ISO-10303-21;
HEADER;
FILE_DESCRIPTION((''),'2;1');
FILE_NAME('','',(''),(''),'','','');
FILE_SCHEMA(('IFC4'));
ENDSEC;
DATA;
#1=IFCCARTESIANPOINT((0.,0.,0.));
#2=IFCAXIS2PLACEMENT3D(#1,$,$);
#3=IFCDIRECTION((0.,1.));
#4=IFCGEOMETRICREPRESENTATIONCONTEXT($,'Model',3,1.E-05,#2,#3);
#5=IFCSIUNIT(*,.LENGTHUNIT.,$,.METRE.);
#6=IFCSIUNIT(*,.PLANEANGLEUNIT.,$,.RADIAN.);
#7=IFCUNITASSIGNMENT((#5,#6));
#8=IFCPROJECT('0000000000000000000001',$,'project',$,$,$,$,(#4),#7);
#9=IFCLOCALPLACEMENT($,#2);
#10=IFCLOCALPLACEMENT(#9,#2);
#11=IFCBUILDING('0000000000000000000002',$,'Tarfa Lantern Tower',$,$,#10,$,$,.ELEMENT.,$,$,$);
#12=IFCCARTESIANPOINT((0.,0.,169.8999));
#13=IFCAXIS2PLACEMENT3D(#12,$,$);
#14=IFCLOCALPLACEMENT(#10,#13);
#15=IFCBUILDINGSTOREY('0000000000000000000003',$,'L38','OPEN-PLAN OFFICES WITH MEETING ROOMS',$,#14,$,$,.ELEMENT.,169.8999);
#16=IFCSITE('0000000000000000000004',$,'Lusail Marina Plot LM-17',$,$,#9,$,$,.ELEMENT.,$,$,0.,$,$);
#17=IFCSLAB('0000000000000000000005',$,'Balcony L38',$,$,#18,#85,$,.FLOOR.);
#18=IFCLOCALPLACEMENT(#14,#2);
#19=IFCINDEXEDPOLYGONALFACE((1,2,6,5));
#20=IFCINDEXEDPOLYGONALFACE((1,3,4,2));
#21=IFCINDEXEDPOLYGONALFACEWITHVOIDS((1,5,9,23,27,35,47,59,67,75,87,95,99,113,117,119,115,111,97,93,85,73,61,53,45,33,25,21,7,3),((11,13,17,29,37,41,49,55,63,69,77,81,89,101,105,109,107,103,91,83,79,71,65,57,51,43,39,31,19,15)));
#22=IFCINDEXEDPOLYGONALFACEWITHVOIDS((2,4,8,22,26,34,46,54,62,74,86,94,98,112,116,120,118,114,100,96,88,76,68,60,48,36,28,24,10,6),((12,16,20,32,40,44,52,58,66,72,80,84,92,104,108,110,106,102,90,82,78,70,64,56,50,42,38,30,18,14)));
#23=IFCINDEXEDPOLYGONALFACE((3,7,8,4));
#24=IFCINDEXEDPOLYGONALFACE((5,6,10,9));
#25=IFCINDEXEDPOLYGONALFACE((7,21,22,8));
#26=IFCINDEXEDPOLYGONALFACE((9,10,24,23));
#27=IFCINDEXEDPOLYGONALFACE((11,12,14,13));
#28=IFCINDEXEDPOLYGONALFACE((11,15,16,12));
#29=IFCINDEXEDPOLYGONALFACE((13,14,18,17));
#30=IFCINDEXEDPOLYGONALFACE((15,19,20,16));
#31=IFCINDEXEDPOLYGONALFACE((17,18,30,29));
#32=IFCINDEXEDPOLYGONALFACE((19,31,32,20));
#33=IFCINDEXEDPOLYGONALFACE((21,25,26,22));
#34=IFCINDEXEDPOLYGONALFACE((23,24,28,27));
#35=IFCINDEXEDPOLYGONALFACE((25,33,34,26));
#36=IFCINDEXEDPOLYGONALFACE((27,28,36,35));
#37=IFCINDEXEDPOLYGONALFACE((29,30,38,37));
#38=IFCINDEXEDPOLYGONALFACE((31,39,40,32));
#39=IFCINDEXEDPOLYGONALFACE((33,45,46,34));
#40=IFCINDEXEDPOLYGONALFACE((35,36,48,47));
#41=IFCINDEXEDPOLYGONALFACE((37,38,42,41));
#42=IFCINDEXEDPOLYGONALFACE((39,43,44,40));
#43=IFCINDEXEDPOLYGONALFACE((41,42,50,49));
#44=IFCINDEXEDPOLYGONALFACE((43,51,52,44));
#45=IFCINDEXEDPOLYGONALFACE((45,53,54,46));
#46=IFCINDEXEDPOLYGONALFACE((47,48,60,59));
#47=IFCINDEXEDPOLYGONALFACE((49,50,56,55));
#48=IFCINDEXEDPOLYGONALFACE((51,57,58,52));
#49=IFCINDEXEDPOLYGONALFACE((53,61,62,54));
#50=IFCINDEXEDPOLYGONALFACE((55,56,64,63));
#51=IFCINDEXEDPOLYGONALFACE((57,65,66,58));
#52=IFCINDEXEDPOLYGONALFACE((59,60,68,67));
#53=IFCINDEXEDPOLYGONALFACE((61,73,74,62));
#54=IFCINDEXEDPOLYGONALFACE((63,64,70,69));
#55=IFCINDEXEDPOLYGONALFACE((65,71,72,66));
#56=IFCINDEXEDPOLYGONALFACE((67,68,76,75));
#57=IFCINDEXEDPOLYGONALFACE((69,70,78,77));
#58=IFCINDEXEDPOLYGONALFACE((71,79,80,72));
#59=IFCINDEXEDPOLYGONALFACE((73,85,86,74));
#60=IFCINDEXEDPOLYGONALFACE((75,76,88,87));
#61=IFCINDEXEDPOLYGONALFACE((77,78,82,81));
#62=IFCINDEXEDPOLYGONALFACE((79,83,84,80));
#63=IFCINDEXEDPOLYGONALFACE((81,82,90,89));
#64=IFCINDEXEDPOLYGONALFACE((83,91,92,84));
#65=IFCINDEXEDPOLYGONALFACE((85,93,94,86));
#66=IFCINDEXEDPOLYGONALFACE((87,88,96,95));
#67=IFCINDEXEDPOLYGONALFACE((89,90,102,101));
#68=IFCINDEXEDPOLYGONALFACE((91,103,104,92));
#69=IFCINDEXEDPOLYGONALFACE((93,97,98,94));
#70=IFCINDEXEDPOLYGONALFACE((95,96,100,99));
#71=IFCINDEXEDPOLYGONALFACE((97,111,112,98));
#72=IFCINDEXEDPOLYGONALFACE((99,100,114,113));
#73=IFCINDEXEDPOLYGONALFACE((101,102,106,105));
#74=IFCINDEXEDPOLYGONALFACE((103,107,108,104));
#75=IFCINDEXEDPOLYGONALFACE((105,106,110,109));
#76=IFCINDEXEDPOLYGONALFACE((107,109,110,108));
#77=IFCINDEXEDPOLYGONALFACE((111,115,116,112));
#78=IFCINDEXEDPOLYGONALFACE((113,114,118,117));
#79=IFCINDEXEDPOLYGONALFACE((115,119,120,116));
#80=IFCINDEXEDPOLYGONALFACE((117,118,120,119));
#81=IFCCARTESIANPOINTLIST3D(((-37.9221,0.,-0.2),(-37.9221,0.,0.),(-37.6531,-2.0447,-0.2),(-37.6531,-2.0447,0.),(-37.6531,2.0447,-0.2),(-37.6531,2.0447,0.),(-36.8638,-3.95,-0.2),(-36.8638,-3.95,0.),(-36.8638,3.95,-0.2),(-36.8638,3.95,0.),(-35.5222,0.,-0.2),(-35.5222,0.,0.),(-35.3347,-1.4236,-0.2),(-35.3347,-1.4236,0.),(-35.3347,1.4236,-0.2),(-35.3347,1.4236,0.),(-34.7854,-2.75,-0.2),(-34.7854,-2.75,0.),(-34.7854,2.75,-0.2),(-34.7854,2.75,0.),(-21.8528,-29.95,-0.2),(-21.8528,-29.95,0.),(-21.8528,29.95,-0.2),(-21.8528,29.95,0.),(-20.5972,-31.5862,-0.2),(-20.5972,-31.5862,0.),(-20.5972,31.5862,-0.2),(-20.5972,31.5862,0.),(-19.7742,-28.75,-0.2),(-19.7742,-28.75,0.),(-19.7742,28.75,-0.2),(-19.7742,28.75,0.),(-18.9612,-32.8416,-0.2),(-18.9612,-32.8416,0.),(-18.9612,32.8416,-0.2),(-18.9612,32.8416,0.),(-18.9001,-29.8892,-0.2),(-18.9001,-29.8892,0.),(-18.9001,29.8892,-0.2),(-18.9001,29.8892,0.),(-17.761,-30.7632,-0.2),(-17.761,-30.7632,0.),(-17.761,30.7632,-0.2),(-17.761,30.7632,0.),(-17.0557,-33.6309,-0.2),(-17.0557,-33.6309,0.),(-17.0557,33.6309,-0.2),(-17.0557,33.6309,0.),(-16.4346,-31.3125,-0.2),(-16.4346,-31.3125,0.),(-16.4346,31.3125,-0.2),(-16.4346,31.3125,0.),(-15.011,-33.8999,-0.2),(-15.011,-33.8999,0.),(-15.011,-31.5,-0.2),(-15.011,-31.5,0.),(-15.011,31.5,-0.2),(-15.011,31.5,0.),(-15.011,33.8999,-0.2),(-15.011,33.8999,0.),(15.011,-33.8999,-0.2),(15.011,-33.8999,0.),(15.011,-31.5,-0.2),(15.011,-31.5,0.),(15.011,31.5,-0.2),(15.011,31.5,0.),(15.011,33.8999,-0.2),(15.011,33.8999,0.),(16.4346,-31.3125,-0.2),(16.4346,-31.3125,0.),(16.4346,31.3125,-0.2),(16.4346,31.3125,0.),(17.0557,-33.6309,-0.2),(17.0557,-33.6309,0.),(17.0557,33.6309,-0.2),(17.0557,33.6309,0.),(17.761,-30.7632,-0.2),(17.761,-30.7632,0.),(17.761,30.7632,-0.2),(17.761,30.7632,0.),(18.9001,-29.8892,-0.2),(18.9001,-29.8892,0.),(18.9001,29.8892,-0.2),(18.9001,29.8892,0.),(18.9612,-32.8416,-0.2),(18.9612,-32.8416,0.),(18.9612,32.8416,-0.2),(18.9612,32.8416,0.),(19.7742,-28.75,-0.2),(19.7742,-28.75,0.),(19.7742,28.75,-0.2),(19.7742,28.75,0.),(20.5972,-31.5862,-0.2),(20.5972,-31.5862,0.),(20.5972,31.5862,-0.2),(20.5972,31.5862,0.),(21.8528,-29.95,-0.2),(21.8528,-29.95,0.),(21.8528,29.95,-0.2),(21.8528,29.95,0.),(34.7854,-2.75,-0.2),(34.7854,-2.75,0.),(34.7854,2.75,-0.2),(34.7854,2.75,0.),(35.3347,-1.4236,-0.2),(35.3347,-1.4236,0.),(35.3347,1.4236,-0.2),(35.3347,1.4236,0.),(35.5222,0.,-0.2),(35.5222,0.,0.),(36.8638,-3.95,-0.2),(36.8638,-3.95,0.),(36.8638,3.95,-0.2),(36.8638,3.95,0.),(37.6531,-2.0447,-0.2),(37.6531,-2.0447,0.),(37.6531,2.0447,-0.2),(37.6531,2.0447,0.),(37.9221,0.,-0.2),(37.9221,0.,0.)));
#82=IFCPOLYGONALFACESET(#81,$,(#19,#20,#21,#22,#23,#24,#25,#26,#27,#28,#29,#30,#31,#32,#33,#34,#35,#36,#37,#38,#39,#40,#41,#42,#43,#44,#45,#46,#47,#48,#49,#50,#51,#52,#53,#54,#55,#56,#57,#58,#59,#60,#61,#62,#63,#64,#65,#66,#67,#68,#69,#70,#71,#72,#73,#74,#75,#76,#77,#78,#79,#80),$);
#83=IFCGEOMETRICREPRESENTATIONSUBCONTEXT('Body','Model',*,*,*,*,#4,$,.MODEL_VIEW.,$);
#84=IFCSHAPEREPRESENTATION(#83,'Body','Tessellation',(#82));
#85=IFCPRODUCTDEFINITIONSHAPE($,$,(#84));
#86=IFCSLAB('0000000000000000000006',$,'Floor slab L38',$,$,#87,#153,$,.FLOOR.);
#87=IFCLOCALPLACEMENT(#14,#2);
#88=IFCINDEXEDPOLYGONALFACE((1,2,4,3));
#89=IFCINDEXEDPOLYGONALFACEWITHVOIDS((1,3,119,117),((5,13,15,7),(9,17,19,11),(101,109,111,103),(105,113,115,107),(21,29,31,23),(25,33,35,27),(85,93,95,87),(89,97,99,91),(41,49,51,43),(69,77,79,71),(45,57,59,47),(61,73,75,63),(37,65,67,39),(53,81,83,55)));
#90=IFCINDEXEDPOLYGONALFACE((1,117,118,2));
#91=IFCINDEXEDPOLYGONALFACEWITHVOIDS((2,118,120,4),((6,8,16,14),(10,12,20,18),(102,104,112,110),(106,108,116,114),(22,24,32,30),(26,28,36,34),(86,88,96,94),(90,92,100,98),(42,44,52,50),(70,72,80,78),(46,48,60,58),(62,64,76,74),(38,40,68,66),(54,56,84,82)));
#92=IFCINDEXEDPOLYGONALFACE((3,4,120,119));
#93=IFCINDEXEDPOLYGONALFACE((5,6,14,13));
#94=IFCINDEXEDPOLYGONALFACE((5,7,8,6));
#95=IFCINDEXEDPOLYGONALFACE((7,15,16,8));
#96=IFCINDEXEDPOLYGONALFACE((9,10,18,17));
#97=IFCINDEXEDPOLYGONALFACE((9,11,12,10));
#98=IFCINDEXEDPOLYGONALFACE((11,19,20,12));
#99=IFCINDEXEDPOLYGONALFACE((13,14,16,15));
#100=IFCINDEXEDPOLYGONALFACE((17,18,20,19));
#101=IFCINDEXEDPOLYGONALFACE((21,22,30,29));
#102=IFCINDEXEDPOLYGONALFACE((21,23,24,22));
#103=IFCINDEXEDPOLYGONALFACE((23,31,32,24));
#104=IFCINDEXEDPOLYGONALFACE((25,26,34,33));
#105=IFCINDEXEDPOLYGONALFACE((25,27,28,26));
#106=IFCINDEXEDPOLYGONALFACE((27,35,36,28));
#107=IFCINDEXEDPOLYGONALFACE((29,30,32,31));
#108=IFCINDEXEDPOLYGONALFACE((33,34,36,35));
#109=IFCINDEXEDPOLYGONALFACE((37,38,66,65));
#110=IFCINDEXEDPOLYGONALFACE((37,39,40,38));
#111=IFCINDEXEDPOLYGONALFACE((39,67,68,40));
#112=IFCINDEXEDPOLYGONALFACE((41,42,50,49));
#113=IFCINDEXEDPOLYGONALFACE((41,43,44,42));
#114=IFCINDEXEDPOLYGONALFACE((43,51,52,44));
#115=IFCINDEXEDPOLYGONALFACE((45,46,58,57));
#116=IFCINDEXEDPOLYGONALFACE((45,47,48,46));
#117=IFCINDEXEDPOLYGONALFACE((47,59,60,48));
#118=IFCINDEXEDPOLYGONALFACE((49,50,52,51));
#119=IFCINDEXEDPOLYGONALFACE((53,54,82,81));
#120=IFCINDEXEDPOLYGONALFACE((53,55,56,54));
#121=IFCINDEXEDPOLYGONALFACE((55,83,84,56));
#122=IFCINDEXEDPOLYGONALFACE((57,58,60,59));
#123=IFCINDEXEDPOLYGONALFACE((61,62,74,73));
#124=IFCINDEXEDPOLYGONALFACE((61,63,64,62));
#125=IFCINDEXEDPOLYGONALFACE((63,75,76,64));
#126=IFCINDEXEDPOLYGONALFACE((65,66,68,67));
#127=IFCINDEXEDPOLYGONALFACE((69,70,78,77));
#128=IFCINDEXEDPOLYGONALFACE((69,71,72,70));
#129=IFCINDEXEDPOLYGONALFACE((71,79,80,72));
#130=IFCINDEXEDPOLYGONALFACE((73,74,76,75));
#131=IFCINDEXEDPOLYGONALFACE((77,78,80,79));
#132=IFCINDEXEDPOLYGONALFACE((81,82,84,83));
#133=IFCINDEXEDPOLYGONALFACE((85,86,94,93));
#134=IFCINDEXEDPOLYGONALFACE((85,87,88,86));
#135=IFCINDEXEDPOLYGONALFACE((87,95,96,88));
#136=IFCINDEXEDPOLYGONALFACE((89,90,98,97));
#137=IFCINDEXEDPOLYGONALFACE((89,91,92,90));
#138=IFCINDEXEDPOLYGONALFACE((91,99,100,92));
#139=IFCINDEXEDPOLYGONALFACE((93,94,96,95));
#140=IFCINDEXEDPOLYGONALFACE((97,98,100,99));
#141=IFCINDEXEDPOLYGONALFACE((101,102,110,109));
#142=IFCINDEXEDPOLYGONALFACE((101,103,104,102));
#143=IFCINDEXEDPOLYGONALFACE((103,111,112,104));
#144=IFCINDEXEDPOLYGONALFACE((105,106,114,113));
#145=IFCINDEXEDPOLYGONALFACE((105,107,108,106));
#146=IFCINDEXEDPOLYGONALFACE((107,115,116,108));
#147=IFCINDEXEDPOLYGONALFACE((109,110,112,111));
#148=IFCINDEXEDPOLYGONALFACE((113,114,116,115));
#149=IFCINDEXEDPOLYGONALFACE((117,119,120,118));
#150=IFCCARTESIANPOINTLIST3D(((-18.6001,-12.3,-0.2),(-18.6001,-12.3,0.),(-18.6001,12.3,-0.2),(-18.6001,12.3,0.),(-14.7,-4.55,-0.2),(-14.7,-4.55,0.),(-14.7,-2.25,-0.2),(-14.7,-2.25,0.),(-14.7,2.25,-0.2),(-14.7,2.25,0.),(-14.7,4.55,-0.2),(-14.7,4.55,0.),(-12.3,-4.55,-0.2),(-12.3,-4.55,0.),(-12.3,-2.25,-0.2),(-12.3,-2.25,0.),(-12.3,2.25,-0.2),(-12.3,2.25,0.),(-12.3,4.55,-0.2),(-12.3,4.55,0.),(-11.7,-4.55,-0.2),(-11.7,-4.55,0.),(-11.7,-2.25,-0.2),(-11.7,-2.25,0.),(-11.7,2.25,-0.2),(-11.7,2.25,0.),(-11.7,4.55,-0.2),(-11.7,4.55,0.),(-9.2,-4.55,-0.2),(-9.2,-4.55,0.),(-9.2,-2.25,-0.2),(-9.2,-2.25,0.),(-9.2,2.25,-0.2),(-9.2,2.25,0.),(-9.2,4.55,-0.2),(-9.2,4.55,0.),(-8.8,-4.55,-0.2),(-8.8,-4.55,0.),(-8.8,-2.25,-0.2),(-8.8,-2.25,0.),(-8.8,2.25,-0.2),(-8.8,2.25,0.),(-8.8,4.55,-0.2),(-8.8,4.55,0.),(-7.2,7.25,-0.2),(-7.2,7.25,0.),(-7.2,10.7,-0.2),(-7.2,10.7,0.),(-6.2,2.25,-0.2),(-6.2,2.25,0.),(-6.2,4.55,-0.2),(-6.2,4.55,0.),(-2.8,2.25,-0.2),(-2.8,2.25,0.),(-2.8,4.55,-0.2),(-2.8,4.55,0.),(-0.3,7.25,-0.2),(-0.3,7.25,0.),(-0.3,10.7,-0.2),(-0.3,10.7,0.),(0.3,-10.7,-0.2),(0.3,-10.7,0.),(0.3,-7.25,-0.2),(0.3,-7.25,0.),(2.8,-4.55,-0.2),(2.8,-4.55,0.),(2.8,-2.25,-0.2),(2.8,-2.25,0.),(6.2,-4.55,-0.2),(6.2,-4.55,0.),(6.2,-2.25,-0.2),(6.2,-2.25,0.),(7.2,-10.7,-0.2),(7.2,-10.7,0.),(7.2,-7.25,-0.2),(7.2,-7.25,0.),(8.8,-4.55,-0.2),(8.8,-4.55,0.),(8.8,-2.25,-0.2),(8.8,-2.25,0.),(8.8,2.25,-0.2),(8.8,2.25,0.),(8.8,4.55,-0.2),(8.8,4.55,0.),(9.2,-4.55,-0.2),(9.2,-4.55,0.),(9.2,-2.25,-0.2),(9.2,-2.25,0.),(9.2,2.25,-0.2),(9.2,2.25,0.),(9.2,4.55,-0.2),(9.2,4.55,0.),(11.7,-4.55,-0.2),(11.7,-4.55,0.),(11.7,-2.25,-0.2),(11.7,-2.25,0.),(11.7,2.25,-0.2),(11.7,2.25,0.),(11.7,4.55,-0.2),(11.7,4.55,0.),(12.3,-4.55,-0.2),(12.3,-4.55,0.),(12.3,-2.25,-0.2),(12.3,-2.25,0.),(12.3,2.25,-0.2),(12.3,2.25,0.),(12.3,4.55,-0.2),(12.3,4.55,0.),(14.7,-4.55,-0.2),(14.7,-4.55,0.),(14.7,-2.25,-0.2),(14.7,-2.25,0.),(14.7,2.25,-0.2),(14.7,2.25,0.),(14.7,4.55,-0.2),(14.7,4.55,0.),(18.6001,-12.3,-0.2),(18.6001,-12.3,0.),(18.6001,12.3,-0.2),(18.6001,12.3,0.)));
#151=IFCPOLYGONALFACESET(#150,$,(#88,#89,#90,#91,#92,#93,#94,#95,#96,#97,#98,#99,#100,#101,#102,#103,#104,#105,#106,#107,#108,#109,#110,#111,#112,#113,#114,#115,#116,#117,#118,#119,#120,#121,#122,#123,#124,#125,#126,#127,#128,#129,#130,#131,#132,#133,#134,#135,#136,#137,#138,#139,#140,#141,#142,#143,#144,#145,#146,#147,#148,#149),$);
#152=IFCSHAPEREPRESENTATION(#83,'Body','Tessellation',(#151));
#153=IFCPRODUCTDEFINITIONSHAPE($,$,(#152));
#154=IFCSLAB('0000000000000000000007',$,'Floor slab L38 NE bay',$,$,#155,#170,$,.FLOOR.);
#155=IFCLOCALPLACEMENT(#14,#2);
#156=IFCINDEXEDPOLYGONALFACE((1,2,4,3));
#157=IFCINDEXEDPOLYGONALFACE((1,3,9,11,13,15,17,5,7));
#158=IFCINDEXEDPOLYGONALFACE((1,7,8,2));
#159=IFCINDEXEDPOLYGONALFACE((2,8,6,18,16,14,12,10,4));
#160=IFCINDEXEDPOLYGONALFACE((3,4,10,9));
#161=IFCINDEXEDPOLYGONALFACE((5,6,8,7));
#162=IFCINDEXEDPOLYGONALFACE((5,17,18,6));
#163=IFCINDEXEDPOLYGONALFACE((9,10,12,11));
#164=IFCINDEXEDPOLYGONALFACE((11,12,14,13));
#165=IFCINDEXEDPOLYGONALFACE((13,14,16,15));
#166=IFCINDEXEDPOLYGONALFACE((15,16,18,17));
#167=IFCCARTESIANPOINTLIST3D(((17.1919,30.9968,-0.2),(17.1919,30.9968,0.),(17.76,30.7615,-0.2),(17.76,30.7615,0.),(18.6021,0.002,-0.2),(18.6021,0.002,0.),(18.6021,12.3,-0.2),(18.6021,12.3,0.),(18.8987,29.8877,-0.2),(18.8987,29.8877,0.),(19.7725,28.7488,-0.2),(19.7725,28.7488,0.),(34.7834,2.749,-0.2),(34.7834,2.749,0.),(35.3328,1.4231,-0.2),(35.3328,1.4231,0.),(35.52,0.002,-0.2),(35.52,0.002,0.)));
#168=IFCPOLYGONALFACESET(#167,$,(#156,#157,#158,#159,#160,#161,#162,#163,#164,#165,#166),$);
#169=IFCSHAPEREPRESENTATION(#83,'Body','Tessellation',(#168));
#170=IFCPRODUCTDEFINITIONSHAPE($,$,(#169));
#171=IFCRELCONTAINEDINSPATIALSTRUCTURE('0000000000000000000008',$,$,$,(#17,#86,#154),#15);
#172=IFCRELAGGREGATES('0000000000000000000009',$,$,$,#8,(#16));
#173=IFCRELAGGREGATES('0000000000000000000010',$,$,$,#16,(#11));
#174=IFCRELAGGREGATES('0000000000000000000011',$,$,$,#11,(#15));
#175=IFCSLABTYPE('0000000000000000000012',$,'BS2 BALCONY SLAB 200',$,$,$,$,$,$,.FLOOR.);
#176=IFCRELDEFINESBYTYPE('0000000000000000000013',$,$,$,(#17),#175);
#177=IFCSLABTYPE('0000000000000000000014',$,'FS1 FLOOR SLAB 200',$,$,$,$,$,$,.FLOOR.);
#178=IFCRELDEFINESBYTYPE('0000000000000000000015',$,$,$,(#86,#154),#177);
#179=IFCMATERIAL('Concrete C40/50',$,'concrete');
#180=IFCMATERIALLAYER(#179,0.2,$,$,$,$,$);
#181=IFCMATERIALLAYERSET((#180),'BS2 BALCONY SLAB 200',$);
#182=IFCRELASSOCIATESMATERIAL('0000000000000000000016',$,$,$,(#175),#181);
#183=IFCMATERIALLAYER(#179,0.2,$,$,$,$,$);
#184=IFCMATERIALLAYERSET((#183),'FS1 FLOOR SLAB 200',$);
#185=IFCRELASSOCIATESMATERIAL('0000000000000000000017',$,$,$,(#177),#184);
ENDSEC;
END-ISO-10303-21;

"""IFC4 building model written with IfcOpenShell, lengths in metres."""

from ifc_helpers import new_model, si_unit, direction, frame, origin, place, context, subcontext, project, spatial, polyline, outline, extrude, material, layer, layer_set, type_object, element, save


model = new_model("IFC4")

# Units and contexts
model_context = context("Model", 3, precision=1e-05, world=origin(), true_north=direction((0.0, 1.0)))
body_context = subcontext(model_context, "Body", "Model", "MODEL_VIEW")
ifc_project = project(units=[si_unit("LENGTHUNIT", "METRE"), si_unit("PLANEANGLEUNIT", "RADIAN")], contexts=[model_context])

# Site, building, storey
site_placement = place(None, origin())
site = spatial("IfcSite", under=ifc_project, at=site_placement, Name="Lusail Marina Plot LM-17", CompositionType="ELEMENT", RefElevation=0.0)
building_placement = place(site_placement, origin())
building = spatial("IfcBuilding", under=site, at=building_placement, Name="Tarfa Lantern Tower", CompositionType="ELEMENT")
storey_placement = place(building_placement, frame((0.0, 0.0, 169.8999)))
storey = spatial("IfcBuildingStorey", under=building, at=storey_placement, Name="L38", Description="OPEN-PLAN OFFICES WITH MEETING ROOMS", CompositionType="ELEMENT", Elevation=169.8999)

# Slabs
ifc_material_1 = material(Name="Concrete C40/50", Category="concrete")
ifc_layer_1 = layer(ifc_material_1, 0.2)
ifc_layer_set_1 = layer_set([ifc_layer_1], Name="BS2 BALCONY SLAB 200")
slab_type_1 = type_object("IfcSlabType", Name="BS2 BALCONY SLAB 200", PredefinedType="FLOOR", material=ifc_layer_set_1)
slab_1_placement = place(storey_placement, frame((0.0, 0.0, -0.2)))
element("IfcSlab", 1, at=slab_1_placement, inside=storey, type_object=slab_type_1, Name="Balcony L38", PredefinedType="FLOOR", context=body_context, shape_type="SweptSolid", body=[
    extrude(outline(polyline([(36.8638, 3.95), (21.8528, 29.95), (20.5972, 31.5862), (18.9612, 32.8416), (17.0557, 33.6309), (15.011, 33.8999), (-15.011, 33.8999), (-17.0557, 33.6309), (-18.9612, 32.8416), (-20.5972, 31.5862), (-21.8528, 29.95), (-36.8638, 3.95), (-37.6531, 2.0447), (-37.9221, 0.0), (-37.6531, -2.0447), (-36.8638, -3.95), (-21.8528, -29.95), (-20.5972, -31.5862), (-18.9612, -32.8416), (-17.0557, -33.6309), (-15.011, -33.8999), (15.011, -33.8999), (17.0557, -33.6309), (18.9612, -32.8416), (20.5972, -31.5862), (21.8528, -29.95), (36.8638, -3.95), (37.6531, -2.0447), (37.9221, 0.0), (37.6531, 2.0447), (36.8638, 3.95)]), holes=[polyline([(34.7854, 2.75), (19.7742, 28.75), (18.9001, 29.8892), (17.761, 30.7632), (16.4346, 31.3125), (15.011, 31.5), (-15.011, 31.5), (-16.4346, 31.3125), (-17.761, 30.7632), (-18.9001, 29.8892), (-19.7742, 28.75), (-34.7854, 2.75), (-35.3347, 1.4236), (-35.5222, 0.0), (-35.3347, -1.4236), (-34.7854, -2.75), (-19.7742, -28.75), (-18.9001, -29.8892), (-17.761, -30.7632), (-16.4346, -31.3125), (-15.011, -31.5), (15.011, -31.5), (16.4346, -31.3125), (17.761, -30.7632), (18.9001, -29.8892), (19.7742, -28.75), (34.7854, -2.75), (35.3347, -1.4236), (35.5222, 0.0), (35.3347, 1.4236), (34.7854, 2.75)])]), origin(), (0.0, 0.0, 1.0), 0.2),
])
ifc_layer_2 = layer(ifc_material_1, 0.2)
ifc_layer_set_2 = layer_set([ifc_layer_2], Name="FS1 FLOOR SLAB 200")
slab_type_2 = type_object("IfcSlabType", Name="FS1 FLOOR SLAB 200", PredefinedType="FLOOR", material=ifc_layer_set_2)
slab_2_placement = place(storey_placement, frame((0.0, 0.0, -0.2)))
element("IfcSlab", 2, at=slab_2_placement, inside=storey, type_object=slab_type_2, Name="Floor slab L38", PredefinedType="FLOOR", context=body_context, shape_type="SweptSolid", body=[
    extrude(outline(polyline([(-18.6001, -12.3), (18.6001, -12.3), (18.6001, 12.3), (-18.6001, 12.3), (-18.6001, -12.3)]), holes=[polyline([(-14.7, 2.25), (-12.3, 2.25), (-12.3, 4.55), (-14.7, 4.55), (-14.7, 2.25)]), polyline([(-11.7, 2.25), (-9.2, 2.25), (-9.2, 4.55), (-11.7, 4.55), (-11.7, 2.25)]), polyline([(-8.8, 2.25), (-6.2, 2.25), (-6.2, 4.55), (-8.8, 4.55), (-8.8, 2.25)]), polyline([(-2.8, 2.25), (8.8, 2.25), (8.8, 4.55), (-2.8, 4.55), (-2.8, 2.25)]), polyline([(9.2, 2.25), (11.7, 2.25), (11.7, 4.55), (9.2, 4.55), (9.2, 2.25)]), polyline([(12.3, 2.25), (14.7, 2.25), (14.7, 4.55), (12.3, 4.55), (12.3, 2.25)]), polyline([(14.7, -2.25), (12.3, -2.25), (12.3, -4.55), (14.7, -4.55), (14.7, -2.25)]), polyline([(11.7, -2.25), (9.2, -2.25), (9.2, -4.55), (11.7, -4.55), (11.7, -2.25)]), polyline([(8.8, -2.25), (6.2, -2.25), (6.2, -4.55), (8.8, -4.55), (8.8, -2.25)]), polyline([(2.8, -2.25), (-8.8, -2.25), (-8.8, -4.55), (2.8, -4.55), (2.8, -2.25)]), polyline([(-9.2, -2.25), (-11.7, -2.25), (-11.7, -4.55), (-9.2, -4.55), (-9.2, -2.25)]), polyline([(-12.3, -2.25), (-14.7, -2.25), (-14.7, -4.55), (-12.3, -4.55), (-12.3, -2.25)]), polyline([(-7.2, 7.25), (-0.3, 7.25), (-0.3, 10.7), (-7.2, 10.7), (-7.2, 7.25)]), polyline([(7.2, -7.25), (0.3, -7.25), (0.3, -10.7), (7.2, -10.7), (7.2, -7.25)])]), origin(), (0.0, 0.0, 1.0), 0.2),
])
slab_3_placement = place(storey_placement, frame((0.0, 0.0, -0.2)))
element("IfcSlab", 3, at=slab_3_placement, inside=storey, type_object=slab_type_2, Name="Floor slab L38 NE bay", PredefinedType="FLOOR", context=body_context, shape_type="SweptSolid", body=[
    extrude(outline(polyline([(34.7834, 2.749), (19.7725, 28.7488), (18.8987, 29.8877), (17.76, 30.7615), (17.1919, 30.9968), (18.6021, 12.3), (18.6021, 0.002), (35.52, 0.002), (35.3328, 1.4231), (34.7834, 2.749)])), origin(), (0.0, 0.0, 1.0), 0.2),
])

save(model, "model.ifc")
